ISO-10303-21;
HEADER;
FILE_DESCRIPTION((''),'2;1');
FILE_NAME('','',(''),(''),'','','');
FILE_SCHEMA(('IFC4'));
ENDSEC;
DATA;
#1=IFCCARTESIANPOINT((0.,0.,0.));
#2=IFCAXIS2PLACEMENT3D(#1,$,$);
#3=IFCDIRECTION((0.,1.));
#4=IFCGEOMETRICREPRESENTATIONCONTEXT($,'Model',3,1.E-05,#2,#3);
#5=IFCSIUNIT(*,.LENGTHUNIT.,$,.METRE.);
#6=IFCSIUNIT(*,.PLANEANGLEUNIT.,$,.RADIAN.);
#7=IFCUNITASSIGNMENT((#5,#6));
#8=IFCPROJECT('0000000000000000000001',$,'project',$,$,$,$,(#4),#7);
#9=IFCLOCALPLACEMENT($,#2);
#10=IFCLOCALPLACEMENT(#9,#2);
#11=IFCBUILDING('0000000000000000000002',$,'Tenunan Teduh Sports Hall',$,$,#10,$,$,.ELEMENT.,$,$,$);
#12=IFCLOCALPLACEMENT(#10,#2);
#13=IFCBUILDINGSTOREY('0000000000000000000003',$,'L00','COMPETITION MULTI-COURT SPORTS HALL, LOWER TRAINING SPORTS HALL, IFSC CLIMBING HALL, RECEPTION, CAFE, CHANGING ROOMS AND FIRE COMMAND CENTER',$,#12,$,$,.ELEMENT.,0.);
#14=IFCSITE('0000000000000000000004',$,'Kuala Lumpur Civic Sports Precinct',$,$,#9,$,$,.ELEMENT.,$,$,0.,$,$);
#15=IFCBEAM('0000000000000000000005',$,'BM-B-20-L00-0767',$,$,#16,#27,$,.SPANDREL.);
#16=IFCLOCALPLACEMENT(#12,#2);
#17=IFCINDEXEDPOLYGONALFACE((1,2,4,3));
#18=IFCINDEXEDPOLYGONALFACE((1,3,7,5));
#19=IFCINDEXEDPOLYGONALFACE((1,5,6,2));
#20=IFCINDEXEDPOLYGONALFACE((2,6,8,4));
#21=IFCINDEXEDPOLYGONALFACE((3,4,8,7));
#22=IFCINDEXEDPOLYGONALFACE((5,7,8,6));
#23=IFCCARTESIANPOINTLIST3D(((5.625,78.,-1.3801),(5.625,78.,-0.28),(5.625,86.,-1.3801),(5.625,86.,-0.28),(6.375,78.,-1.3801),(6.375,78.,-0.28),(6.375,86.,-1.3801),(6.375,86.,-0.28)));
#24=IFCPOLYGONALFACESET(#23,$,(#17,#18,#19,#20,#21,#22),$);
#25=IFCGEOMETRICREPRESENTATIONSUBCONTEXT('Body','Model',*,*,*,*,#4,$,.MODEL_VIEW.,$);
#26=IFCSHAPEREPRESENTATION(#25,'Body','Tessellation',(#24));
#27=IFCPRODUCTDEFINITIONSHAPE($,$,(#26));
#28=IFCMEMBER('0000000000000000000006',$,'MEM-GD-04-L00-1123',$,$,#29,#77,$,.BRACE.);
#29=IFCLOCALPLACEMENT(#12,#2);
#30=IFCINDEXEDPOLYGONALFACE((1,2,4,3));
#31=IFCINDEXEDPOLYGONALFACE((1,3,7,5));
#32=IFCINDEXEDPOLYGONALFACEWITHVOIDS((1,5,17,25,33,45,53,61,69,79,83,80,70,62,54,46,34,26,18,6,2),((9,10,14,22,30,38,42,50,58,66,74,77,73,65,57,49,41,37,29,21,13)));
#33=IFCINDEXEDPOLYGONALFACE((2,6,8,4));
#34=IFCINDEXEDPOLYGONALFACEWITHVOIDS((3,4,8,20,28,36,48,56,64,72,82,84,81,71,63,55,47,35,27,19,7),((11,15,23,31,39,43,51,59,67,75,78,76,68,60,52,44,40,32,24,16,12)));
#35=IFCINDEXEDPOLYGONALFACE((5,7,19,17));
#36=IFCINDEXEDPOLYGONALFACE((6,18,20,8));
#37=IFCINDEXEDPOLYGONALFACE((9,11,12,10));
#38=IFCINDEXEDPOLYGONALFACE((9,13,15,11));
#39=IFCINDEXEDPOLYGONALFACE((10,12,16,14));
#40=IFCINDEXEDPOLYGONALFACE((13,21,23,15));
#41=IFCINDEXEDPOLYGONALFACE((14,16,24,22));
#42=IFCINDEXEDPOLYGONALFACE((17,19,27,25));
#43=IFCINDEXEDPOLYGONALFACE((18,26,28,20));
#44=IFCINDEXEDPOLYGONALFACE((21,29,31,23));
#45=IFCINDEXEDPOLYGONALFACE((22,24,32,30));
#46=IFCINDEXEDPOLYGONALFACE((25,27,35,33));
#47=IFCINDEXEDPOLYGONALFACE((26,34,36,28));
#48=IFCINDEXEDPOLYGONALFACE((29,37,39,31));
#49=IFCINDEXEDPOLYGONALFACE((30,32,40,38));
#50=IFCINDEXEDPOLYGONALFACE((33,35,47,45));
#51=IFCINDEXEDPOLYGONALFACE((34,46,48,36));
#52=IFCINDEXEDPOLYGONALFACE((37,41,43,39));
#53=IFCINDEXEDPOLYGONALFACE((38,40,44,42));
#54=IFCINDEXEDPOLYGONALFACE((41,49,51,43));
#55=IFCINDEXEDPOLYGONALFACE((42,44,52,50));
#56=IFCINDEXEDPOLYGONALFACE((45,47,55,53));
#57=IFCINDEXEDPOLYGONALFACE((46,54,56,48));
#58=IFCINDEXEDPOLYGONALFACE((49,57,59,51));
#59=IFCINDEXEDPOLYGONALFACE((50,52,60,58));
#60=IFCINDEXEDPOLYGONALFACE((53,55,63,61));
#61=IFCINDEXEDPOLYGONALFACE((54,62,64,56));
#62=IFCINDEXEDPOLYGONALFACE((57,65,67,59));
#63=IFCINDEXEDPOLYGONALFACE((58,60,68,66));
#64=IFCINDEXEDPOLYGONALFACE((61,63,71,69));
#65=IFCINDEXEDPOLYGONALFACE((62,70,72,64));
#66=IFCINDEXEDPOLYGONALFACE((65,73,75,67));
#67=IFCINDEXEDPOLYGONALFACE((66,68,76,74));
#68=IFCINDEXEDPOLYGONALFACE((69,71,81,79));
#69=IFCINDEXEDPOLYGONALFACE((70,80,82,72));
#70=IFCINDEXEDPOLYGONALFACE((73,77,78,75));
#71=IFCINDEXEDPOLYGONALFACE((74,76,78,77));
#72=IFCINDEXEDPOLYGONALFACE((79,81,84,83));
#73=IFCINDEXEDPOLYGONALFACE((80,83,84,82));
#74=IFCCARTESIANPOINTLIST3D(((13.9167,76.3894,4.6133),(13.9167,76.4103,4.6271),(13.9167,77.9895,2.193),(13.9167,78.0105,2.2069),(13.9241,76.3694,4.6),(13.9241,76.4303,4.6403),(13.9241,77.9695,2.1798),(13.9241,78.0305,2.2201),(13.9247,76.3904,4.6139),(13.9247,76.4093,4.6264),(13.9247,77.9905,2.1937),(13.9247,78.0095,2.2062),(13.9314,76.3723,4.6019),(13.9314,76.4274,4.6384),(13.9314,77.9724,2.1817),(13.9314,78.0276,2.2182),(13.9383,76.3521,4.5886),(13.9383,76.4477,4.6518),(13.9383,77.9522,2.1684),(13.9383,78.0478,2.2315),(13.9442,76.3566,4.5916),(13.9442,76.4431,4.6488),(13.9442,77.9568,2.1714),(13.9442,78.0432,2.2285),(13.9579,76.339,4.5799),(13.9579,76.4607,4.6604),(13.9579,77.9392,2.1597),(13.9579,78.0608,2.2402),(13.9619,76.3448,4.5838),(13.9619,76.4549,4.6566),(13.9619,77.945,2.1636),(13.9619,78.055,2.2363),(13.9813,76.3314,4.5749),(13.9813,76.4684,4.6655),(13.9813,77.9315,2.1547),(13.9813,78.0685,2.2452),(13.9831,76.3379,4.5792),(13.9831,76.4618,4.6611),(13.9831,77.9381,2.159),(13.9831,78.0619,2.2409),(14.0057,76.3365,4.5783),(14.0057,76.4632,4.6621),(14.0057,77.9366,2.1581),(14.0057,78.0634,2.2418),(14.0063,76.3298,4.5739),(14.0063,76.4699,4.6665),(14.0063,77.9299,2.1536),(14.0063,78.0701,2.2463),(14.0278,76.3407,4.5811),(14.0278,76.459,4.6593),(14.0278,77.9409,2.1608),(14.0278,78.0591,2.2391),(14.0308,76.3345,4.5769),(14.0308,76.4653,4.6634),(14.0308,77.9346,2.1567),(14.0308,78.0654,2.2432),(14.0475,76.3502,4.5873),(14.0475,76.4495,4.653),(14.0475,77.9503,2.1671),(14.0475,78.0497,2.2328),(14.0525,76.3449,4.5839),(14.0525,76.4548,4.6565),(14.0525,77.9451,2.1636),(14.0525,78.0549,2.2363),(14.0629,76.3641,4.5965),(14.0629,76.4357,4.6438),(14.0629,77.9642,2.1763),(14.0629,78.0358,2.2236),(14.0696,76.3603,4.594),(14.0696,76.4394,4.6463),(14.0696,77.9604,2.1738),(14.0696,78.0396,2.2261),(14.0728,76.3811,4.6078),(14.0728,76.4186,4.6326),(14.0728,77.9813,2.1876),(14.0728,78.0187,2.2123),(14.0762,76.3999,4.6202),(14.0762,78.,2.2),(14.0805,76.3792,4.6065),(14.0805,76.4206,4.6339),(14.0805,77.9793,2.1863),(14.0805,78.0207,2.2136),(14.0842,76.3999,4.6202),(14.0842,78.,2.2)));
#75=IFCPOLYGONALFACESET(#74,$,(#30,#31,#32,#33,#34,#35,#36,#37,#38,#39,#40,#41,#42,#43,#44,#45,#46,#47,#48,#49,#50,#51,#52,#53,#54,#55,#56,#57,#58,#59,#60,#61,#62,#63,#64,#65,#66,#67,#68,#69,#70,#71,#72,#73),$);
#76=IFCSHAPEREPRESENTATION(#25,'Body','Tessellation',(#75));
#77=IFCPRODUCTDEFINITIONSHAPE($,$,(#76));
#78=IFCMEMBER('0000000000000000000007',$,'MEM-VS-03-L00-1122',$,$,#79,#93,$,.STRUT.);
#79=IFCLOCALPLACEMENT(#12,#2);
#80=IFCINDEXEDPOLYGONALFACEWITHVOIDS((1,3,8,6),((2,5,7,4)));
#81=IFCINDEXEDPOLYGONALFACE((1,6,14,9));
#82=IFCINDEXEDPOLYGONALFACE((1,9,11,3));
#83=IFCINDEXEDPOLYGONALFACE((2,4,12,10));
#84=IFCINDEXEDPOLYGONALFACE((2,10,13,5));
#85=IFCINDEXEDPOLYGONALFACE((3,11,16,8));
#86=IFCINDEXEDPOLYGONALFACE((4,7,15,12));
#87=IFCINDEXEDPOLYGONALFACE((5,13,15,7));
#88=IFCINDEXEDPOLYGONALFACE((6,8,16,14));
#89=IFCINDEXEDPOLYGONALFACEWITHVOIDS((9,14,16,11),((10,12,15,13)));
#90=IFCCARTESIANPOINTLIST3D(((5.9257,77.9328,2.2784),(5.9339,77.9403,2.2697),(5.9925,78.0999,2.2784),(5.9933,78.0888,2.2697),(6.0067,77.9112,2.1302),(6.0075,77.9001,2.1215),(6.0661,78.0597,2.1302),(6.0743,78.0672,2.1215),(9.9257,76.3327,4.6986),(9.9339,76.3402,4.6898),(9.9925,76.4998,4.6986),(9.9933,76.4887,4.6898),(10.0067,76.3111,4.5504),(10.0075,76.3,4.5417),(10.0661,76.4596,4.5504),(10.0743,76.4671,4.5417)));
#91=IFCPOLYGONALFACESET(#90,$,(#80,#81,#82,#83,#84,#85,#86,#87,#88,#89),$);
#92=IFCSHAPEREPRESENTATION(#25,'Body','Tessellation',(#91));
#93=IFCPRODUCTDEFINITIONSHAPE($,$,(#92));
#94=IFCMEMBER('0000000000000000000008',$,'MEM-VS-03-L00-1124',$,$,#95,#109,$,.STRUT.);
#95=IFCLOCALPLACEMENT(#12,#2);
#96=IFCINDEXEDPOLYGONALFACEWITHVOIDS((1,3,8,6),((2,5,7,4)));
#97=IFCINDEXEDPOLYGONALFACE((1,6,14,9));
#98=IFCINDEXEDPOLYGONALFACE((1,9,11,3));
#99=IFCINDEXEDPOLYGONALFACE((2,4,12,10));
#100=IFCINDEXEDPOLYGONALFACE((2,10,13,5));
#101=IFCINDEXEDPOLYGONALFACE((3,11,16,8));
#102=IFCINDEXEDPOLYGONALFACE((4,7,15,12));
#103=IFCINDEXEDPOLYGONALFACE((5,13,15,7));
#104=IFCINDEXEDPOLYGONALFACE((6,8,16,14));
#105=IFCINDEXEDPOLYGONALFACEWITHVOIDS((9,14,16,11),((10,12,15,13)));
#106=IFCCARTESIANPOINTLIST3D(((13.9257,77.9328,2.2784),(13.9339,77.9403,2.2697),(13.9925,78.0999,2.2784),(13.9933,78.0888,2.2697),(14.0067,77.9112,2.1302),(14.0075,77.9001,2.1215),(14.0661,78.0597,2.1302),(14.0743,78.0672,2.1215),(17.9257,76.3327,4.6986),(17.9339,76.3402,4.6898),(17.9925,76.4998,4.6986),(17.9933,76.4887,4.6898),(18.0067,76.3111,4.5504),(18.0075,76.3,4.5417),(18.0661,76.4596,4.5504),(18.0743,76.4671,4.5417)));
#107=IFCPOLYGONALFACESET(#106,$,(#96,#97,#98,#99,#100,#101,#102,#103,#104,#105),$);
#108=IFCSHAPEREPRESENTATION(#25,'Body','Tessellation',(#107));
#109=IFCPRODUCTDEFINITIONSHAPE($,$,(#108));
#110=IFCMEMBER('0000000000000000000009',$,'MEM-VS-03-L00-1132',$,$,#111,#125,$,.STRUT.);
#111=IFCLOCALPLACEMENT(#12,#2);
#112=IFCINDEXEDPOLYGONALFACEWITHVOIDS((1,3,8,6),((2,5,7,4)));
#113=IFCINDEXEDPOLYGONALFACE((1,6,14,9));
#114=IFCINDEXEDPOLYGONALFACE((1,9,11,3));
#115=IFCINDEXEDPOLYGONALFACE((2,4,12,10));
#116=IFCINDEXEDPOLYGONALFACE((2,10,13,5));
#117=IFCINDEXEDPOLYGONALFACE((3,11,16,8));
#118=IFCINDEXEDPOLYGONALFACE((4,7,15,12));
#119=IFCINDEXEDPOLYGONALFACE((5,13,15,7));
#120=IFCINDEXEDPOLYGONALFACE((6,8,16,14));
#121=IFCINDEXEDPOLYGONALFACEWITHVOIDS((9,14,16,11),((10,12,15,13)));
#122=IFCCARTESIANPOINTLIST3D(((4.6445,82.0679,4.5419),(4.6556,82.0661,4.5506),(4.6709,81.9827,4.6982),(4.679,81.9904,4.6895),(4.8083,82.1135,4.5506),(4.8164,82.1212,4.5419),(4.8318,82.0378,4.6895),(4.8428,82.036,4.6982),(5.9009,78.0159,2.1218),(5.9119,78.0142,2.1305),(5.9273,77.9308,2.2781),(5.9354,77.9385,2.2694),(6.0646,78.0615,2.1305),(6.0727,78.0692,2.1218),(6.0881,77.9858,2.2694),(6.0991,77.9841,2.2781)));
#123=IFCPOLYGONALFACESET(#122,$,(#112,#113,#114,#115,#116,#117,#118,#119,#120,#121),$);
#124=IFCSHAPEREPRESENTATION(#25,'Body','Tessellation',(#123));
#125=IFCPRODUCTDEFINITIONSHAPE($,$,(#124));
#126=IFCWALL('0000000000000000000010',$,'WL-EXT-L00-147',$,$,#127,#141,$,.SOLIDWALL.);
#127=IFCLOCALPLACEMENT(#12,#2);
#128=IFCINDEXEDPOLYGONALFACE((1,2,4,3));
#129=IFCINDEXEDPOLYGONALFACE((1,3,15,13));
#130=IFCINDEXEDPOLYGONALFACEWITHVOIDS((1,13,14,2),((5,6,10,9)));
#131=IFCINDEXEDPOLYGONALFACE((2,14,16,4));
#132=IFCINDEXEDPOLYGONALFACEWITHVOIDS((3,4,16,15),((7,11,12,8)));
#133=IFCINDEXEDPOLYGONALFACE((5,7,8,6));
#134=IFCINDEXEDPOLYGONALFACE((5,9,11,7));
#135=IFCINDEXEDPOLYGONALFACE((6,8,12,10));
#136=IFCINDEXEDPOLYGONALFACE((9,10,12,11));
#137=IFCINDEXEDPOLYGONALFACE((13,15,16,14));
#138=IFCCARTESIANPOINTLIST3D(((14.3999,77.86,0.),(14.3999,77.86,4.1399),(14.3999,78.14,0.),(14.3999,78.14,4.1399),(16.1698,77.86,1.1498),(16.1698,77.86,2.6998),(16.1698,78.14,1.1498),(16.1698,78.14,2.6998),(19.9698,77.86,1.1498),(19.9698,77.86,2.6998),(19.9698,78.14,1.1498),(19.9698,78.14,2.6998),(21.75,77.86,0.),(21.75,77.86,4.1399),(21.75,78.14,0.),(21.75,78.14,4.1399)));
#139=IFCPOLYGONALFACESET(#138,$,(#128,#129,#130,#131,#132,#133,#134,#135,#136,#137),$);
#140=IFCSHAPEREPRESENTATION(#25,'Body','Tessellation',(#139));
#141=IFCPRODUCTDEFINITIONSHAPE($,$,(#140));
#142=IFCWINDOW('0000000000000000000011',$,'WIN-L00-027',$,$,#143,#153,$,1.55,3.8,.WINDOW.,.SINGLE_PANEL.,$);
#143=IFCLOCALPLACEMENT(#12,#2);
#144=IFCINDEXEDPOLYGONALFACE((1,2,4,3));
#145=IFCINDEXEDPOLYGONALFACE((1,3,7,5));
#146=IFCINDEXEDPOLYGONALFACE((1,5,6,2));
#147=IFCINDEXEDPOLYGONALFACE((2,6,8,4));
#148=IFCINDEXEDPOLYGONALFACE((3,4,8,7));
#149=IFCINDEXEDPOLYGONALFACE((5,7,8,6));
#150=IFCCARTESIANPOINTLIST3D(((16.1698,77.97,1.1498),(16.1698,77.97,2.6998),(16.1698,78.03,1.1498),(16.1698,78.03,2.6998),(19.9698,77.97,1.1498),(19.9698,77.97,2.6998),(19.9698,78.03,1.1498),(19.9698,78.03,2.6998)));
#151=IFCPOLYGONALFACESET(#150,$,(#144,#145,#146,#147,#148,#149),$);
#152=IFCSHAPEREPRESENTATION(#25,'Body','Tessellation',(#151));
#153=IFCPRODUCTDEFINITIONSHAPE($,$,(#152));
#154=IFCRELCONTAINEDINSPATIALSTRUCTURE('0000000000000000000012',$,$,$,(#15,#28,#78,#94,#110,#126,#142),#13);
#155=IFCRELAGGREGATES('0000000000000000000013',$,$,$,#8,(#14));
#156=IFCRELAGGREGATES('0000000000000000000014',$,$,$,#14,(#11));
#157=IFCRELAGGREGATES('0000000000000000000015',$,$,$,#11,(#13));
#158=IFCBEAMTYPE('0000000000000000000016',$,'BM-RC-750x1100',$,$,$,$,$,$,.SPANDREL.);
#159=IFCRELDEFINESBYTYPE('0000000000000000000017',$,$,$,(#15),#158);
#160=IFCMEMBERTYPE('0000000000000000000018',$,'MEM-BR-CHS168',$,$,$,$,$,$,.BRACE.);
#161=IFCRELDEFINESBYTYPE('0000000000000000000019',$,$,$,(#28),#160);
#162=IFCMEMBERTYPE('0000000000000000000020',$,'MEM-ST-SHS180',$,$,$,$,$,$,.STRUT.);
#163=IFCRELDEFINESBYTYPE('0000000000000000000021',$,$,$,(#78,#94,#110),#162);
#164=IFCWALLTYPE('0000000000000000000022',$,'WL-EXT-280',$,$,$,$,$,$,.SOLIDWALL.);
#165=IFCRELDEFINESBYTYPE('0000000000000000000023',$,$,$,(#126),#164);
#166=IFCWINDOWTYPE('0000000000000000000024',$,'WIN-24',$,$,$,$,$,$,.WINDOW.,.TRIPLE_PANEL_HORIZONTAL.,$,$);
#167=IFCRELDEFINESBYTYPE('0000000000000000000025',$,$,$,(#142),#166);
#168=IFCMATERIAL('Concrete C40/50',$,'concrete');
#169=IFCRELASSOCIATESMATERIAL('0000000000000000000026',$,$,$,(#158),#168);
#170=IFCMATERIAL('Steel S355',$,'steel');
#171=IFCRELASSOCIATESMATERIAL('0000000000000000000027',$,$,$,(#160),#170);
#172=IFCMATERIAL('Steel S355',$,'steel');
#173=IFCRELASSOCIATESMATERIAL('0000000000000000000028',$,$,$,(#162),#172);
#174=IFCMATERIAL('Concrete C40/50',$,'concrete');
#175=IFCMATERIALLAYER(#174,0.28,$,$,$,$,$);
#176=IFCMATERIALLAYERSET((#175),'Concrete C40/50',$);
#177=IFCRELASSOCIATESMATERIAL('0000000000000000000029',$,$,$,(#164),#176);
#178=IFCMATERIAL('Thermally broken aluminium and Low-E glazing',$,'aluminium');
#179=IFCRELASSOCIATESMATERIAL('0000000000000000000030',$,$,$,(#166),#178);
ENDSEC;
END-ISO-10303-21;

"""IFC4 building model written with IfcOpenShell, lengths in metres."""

from ifc_helpers import new_model, si_unit, direction, frame, frame_2d, origin, origin_2d, place, context, subcontext, project, spatial, rectangle, hollow_rectangle, hollow_circle, extrude, material, layer, layer_set, material_profile, profile_set, type_object, element, fill, save


model = new_model("IFC4")

# Units and contexts
model_context = context("Model", 3, precision=1e-05, world=origin(), true_north=direction((0.0, 1.0)))
body_context = subcontext(model_context, "Body", "Model", "MODEL_VIEW")
ifc_project = project(units=[si_unit("LENGTHUNIT", "METRE"), si_unit("PLANEANGLEUNIT", "RADIAN")], contexts=[model_context])

# Site, building, storey
site_placement = place(None, origin())
site = spatial("IfcSite", under=ifc_project, at=site_placement, Name="Kuala Lumpur Civic Sports Precinct", CompositionType="ELEMENT", RefElevation=0.0)
building_placement = place(site_placement, origin())
building = spatial("IfcBuilding", under=site, at=building_placement, Name="Tenunan Teduh Sports Hall", CompositionType="ELEMENT")
storey_placement = place(building_placement, origin())
storey = spatial("IfcBuildingStorey", under=building, at=storey_placement, Name="L00", Description="COMPETITION MULTI-COURT SPORTS HALL, LOWER TRAINING SPORTS HALL, IFSC CLIMBING HALL, RECEPTION, CAFE, CHANGING ROOMS AND FIRE COMMAND CENTER", CompositionType="ELEMENT", Elevation=0.0)

# Beam
ifc_material_1 = material(Name="Concrete C40/50", Category="concrete")
ifc_material_profile_1 = material_profile(ifc_material_1, rectangle(XDim=0.75, YDim=1.1001, at=origin_2d()), Name="RCB 750x1100")
ifc_profile_set_1 = profile_set([ifc_material_profile_1], Name="Concrete C40/50")
beam_type_1 = type_object("IfcBeamType", Name="BM-RC-750x1100", PredefinedType="SPANDREL", material=ifc_profile_set_1)
beam_1_placement = place(storey_placement, frame((6.0, 78.0, -0.8301), z_axis=(0.0, 1.0, 0.0), x_axis=(-1.0, 0.0, 0.0)))
element("IfcBeam", 1, at=beam_1_placement, inside=storey, type_object=beam_type_1, Name="BM-B-20-L00-0767", PredefinedType="SPANDREL", context=body_context, shape_type="SweptSolid", body=[
    extrude(rectangle(XDim=0.75, YDim=1.1001, at=origin_2d()), origin(), (0.0, 0.0, 1.0), 8.0),
])

# Members
ifc_material_2 = material(Name="Steel S355", Category="steel")
ifc_material_profile_2 = material_profile(ifc_material_2, hollow_circle(Radius=0.0842, WallThickness=0.0081, at=origin_2d()), Name="CHS 168.3x8.0")
ifc_profile_set_2 = profile_set([ifc_material_profile_2], Name="Steel S355")
member_type_1 = type_object("IfcMemberType", Name="MEM-BR-CHS168", PredefinedType="BRACE", material=ifc_profile_set_2)
member_1_placement = place(storey_placement, frame((14.0, 78.0, 2.2), z_axis=(0.0, -0.551511, 0.834167), x_axis=(1.0, 0.0, 0.0)))
element("IfcMember", 2, at=member_1_placement, inside=storey, type_object=member_type_1, Name="MEM-GD-04-L00-1123", PredefinedType="BRACE", context=body_context, shape_type="SweptSolid", body=[
    extrude(hollow_circle(Radius=0.0842, WallThickness=0.0081, at=origin_2d()), origin(), (0.0, 0.0, 1.0), 2.9014),
])
ifc_material_3 = material(Name="Steel S355", Category="steel")
ifc_material_profile_3 = material_profile(ifc_material_3, hollow_rectangle(XDim=0.1799, YDim=0.1799, WallThickness=0.01, at=origin_2d()), Name="SHS 180x180x10.0")
ifc_profile_set_3 = profile_set([ifc_material_profile_3], Name="Steel S355")
member_type_2 = type_object("IfcMemberType", Name="MEM-ST-SHS180", PredefinedType="STRUT", material=ifc_profile_set_3)
for number, where, z_axis, x_axis, name in (
    (3, (6.0, 78.0, 2.2), (0.809486, -0.323814, 0.489773), (0.37141, 0.928469, 0.0), "MEM-VS-03-L00-1122"),
    (4, (14.0, 78.0, 2.2), (0.809486, -0.323814, 0.489773), (0.37141, 0.928469, 0.0), "MEM-VS-03-L00-1124"),
):
    element("IfcMember", number, at=place(storey_placement, frame(where, z_axis=z_axis, x_axis=x_axis)), inside=storey, type_object=member_type_2, Name=name, PredefinedType="STRUT", context=body_context, shape_type="SweptSolid", body=[
        extrude(hollow_rectangle(XDim=0.1799, YDim=0.1799, WallThickness=0.01, at=origin_2d()), origin(), (0.0, 0.0, 1.0), 4.9414),
    ])
member_2_placement = place(storey_placement, frame((6.0, 78.0, 2.2), z_axis=(-0.257233, 0.829633, 0.49552), x_axis=(-0.955142, -0.296148, 0.0)))
element("IfcMember", 5, at=member_2_placement, inside=storey, type_object=member_type_2, Name="MEM-VS-03-L00-1132", PredefinedType="STRUT", context=body_context, shape_type="SweptSolid", body=[
    extrude(hollow_rectangle(XDim=0.1799, YDim=0.1799, WallThickness=0.01, at=origin_2d()), origin(), (0.0, 0.0, 1.0), 4.884),
])

# Wall, opening, window
ifc_material_4 = material(Name="Concrete C40/50", Category="concrete")
ifc_layer_1 = layer(ifc_material_4, 0.28)
ifc_layer_set_1 = layer_set([ifc_layer_1], Name="Concrete C40/50")
wall_type_1 = type_object("IfcWallType", Name="WL-EXT-280", PredefinedType="SOLIDWALL", material=ifc_layer_set_1)
wall_1_placement = place(storey_placement, frame((14.3999, 78.0, 0.0), z_axis=(0.0, 0.0, 1.0), x_axis=(1.0, 0.0, 0.0)))
wall_1 = element("IfcWall", 6, at=wall_1_placement, inside=storey, type_object=wall_type_1, Name="WL-EXT-L00-147", PredefinedType="SOLIDWALL", context=body_context, shape_type="SweptSolid", body=[
    extrude(rectangle(XDim=7.3501, YDim=0.28, at=frame_2d((3.675, 0.0))), origin(), (0.0, 0.0, 1.0), 4.1399),
])
opening_1_placement = place(wall_1_placement, frame((1.77, 0.0, 1.1499)))
opening_1 = element("IfcOpeningElement", 7, at=opening_1_placement, cuts=wall_1, PredefinedType="OPENING", context=body_context, shape_type="SweptSolid", body=[
    extrude(rectangle(XDim=3.8, YDim=1.55, at=frame_2d((1.8999, 0.7749))), frame((0.0, 0.1499, 0.0), z_axis=(0.0, -1.0, 0.0), x_axis=(1.0, 0.0, 0.0)), (0.0, 0.0, 1.0), 0.3),
])
ifc_material_5 = material(Name="Thermally broken aluminium and Low-E glazing", Category="aluminium")
window_type_1 = type_object("IfcWindowType", Name="WIN-24", PartitioningType="TRIPLE_PANEL_HORIZONTAL", PredefinedType="WINDOW", material=ifc_material_5)
window_1_placement = place(opening_1_placement, origin())
window_1 = element("IfcWindow", 8, at=window_1_placement, inside=storey, type_object=window_type_1, Name="WIN-L00-027", OverallHeight=1.55, OverallWidth=3.8, PartitioningType="SINGLE_PANEL", PredefinedType="WINDOW", context=body_context, shape_type="SweptSolid", body=[
    extrude(rectangle(XDim=3.8, YDim=1.55, at=frame_2d((1.8999, 0.7749))), frame((0.0, 0.03, 0.0), z_axis=(0.0, -1.0, 0.0), x_axis=(1.0, 0.0, 0.0)), (0.0, 0.0, 1.0), 0.0601),
])
fill(opening_1, window_1)

save(model, "model.ifc")
